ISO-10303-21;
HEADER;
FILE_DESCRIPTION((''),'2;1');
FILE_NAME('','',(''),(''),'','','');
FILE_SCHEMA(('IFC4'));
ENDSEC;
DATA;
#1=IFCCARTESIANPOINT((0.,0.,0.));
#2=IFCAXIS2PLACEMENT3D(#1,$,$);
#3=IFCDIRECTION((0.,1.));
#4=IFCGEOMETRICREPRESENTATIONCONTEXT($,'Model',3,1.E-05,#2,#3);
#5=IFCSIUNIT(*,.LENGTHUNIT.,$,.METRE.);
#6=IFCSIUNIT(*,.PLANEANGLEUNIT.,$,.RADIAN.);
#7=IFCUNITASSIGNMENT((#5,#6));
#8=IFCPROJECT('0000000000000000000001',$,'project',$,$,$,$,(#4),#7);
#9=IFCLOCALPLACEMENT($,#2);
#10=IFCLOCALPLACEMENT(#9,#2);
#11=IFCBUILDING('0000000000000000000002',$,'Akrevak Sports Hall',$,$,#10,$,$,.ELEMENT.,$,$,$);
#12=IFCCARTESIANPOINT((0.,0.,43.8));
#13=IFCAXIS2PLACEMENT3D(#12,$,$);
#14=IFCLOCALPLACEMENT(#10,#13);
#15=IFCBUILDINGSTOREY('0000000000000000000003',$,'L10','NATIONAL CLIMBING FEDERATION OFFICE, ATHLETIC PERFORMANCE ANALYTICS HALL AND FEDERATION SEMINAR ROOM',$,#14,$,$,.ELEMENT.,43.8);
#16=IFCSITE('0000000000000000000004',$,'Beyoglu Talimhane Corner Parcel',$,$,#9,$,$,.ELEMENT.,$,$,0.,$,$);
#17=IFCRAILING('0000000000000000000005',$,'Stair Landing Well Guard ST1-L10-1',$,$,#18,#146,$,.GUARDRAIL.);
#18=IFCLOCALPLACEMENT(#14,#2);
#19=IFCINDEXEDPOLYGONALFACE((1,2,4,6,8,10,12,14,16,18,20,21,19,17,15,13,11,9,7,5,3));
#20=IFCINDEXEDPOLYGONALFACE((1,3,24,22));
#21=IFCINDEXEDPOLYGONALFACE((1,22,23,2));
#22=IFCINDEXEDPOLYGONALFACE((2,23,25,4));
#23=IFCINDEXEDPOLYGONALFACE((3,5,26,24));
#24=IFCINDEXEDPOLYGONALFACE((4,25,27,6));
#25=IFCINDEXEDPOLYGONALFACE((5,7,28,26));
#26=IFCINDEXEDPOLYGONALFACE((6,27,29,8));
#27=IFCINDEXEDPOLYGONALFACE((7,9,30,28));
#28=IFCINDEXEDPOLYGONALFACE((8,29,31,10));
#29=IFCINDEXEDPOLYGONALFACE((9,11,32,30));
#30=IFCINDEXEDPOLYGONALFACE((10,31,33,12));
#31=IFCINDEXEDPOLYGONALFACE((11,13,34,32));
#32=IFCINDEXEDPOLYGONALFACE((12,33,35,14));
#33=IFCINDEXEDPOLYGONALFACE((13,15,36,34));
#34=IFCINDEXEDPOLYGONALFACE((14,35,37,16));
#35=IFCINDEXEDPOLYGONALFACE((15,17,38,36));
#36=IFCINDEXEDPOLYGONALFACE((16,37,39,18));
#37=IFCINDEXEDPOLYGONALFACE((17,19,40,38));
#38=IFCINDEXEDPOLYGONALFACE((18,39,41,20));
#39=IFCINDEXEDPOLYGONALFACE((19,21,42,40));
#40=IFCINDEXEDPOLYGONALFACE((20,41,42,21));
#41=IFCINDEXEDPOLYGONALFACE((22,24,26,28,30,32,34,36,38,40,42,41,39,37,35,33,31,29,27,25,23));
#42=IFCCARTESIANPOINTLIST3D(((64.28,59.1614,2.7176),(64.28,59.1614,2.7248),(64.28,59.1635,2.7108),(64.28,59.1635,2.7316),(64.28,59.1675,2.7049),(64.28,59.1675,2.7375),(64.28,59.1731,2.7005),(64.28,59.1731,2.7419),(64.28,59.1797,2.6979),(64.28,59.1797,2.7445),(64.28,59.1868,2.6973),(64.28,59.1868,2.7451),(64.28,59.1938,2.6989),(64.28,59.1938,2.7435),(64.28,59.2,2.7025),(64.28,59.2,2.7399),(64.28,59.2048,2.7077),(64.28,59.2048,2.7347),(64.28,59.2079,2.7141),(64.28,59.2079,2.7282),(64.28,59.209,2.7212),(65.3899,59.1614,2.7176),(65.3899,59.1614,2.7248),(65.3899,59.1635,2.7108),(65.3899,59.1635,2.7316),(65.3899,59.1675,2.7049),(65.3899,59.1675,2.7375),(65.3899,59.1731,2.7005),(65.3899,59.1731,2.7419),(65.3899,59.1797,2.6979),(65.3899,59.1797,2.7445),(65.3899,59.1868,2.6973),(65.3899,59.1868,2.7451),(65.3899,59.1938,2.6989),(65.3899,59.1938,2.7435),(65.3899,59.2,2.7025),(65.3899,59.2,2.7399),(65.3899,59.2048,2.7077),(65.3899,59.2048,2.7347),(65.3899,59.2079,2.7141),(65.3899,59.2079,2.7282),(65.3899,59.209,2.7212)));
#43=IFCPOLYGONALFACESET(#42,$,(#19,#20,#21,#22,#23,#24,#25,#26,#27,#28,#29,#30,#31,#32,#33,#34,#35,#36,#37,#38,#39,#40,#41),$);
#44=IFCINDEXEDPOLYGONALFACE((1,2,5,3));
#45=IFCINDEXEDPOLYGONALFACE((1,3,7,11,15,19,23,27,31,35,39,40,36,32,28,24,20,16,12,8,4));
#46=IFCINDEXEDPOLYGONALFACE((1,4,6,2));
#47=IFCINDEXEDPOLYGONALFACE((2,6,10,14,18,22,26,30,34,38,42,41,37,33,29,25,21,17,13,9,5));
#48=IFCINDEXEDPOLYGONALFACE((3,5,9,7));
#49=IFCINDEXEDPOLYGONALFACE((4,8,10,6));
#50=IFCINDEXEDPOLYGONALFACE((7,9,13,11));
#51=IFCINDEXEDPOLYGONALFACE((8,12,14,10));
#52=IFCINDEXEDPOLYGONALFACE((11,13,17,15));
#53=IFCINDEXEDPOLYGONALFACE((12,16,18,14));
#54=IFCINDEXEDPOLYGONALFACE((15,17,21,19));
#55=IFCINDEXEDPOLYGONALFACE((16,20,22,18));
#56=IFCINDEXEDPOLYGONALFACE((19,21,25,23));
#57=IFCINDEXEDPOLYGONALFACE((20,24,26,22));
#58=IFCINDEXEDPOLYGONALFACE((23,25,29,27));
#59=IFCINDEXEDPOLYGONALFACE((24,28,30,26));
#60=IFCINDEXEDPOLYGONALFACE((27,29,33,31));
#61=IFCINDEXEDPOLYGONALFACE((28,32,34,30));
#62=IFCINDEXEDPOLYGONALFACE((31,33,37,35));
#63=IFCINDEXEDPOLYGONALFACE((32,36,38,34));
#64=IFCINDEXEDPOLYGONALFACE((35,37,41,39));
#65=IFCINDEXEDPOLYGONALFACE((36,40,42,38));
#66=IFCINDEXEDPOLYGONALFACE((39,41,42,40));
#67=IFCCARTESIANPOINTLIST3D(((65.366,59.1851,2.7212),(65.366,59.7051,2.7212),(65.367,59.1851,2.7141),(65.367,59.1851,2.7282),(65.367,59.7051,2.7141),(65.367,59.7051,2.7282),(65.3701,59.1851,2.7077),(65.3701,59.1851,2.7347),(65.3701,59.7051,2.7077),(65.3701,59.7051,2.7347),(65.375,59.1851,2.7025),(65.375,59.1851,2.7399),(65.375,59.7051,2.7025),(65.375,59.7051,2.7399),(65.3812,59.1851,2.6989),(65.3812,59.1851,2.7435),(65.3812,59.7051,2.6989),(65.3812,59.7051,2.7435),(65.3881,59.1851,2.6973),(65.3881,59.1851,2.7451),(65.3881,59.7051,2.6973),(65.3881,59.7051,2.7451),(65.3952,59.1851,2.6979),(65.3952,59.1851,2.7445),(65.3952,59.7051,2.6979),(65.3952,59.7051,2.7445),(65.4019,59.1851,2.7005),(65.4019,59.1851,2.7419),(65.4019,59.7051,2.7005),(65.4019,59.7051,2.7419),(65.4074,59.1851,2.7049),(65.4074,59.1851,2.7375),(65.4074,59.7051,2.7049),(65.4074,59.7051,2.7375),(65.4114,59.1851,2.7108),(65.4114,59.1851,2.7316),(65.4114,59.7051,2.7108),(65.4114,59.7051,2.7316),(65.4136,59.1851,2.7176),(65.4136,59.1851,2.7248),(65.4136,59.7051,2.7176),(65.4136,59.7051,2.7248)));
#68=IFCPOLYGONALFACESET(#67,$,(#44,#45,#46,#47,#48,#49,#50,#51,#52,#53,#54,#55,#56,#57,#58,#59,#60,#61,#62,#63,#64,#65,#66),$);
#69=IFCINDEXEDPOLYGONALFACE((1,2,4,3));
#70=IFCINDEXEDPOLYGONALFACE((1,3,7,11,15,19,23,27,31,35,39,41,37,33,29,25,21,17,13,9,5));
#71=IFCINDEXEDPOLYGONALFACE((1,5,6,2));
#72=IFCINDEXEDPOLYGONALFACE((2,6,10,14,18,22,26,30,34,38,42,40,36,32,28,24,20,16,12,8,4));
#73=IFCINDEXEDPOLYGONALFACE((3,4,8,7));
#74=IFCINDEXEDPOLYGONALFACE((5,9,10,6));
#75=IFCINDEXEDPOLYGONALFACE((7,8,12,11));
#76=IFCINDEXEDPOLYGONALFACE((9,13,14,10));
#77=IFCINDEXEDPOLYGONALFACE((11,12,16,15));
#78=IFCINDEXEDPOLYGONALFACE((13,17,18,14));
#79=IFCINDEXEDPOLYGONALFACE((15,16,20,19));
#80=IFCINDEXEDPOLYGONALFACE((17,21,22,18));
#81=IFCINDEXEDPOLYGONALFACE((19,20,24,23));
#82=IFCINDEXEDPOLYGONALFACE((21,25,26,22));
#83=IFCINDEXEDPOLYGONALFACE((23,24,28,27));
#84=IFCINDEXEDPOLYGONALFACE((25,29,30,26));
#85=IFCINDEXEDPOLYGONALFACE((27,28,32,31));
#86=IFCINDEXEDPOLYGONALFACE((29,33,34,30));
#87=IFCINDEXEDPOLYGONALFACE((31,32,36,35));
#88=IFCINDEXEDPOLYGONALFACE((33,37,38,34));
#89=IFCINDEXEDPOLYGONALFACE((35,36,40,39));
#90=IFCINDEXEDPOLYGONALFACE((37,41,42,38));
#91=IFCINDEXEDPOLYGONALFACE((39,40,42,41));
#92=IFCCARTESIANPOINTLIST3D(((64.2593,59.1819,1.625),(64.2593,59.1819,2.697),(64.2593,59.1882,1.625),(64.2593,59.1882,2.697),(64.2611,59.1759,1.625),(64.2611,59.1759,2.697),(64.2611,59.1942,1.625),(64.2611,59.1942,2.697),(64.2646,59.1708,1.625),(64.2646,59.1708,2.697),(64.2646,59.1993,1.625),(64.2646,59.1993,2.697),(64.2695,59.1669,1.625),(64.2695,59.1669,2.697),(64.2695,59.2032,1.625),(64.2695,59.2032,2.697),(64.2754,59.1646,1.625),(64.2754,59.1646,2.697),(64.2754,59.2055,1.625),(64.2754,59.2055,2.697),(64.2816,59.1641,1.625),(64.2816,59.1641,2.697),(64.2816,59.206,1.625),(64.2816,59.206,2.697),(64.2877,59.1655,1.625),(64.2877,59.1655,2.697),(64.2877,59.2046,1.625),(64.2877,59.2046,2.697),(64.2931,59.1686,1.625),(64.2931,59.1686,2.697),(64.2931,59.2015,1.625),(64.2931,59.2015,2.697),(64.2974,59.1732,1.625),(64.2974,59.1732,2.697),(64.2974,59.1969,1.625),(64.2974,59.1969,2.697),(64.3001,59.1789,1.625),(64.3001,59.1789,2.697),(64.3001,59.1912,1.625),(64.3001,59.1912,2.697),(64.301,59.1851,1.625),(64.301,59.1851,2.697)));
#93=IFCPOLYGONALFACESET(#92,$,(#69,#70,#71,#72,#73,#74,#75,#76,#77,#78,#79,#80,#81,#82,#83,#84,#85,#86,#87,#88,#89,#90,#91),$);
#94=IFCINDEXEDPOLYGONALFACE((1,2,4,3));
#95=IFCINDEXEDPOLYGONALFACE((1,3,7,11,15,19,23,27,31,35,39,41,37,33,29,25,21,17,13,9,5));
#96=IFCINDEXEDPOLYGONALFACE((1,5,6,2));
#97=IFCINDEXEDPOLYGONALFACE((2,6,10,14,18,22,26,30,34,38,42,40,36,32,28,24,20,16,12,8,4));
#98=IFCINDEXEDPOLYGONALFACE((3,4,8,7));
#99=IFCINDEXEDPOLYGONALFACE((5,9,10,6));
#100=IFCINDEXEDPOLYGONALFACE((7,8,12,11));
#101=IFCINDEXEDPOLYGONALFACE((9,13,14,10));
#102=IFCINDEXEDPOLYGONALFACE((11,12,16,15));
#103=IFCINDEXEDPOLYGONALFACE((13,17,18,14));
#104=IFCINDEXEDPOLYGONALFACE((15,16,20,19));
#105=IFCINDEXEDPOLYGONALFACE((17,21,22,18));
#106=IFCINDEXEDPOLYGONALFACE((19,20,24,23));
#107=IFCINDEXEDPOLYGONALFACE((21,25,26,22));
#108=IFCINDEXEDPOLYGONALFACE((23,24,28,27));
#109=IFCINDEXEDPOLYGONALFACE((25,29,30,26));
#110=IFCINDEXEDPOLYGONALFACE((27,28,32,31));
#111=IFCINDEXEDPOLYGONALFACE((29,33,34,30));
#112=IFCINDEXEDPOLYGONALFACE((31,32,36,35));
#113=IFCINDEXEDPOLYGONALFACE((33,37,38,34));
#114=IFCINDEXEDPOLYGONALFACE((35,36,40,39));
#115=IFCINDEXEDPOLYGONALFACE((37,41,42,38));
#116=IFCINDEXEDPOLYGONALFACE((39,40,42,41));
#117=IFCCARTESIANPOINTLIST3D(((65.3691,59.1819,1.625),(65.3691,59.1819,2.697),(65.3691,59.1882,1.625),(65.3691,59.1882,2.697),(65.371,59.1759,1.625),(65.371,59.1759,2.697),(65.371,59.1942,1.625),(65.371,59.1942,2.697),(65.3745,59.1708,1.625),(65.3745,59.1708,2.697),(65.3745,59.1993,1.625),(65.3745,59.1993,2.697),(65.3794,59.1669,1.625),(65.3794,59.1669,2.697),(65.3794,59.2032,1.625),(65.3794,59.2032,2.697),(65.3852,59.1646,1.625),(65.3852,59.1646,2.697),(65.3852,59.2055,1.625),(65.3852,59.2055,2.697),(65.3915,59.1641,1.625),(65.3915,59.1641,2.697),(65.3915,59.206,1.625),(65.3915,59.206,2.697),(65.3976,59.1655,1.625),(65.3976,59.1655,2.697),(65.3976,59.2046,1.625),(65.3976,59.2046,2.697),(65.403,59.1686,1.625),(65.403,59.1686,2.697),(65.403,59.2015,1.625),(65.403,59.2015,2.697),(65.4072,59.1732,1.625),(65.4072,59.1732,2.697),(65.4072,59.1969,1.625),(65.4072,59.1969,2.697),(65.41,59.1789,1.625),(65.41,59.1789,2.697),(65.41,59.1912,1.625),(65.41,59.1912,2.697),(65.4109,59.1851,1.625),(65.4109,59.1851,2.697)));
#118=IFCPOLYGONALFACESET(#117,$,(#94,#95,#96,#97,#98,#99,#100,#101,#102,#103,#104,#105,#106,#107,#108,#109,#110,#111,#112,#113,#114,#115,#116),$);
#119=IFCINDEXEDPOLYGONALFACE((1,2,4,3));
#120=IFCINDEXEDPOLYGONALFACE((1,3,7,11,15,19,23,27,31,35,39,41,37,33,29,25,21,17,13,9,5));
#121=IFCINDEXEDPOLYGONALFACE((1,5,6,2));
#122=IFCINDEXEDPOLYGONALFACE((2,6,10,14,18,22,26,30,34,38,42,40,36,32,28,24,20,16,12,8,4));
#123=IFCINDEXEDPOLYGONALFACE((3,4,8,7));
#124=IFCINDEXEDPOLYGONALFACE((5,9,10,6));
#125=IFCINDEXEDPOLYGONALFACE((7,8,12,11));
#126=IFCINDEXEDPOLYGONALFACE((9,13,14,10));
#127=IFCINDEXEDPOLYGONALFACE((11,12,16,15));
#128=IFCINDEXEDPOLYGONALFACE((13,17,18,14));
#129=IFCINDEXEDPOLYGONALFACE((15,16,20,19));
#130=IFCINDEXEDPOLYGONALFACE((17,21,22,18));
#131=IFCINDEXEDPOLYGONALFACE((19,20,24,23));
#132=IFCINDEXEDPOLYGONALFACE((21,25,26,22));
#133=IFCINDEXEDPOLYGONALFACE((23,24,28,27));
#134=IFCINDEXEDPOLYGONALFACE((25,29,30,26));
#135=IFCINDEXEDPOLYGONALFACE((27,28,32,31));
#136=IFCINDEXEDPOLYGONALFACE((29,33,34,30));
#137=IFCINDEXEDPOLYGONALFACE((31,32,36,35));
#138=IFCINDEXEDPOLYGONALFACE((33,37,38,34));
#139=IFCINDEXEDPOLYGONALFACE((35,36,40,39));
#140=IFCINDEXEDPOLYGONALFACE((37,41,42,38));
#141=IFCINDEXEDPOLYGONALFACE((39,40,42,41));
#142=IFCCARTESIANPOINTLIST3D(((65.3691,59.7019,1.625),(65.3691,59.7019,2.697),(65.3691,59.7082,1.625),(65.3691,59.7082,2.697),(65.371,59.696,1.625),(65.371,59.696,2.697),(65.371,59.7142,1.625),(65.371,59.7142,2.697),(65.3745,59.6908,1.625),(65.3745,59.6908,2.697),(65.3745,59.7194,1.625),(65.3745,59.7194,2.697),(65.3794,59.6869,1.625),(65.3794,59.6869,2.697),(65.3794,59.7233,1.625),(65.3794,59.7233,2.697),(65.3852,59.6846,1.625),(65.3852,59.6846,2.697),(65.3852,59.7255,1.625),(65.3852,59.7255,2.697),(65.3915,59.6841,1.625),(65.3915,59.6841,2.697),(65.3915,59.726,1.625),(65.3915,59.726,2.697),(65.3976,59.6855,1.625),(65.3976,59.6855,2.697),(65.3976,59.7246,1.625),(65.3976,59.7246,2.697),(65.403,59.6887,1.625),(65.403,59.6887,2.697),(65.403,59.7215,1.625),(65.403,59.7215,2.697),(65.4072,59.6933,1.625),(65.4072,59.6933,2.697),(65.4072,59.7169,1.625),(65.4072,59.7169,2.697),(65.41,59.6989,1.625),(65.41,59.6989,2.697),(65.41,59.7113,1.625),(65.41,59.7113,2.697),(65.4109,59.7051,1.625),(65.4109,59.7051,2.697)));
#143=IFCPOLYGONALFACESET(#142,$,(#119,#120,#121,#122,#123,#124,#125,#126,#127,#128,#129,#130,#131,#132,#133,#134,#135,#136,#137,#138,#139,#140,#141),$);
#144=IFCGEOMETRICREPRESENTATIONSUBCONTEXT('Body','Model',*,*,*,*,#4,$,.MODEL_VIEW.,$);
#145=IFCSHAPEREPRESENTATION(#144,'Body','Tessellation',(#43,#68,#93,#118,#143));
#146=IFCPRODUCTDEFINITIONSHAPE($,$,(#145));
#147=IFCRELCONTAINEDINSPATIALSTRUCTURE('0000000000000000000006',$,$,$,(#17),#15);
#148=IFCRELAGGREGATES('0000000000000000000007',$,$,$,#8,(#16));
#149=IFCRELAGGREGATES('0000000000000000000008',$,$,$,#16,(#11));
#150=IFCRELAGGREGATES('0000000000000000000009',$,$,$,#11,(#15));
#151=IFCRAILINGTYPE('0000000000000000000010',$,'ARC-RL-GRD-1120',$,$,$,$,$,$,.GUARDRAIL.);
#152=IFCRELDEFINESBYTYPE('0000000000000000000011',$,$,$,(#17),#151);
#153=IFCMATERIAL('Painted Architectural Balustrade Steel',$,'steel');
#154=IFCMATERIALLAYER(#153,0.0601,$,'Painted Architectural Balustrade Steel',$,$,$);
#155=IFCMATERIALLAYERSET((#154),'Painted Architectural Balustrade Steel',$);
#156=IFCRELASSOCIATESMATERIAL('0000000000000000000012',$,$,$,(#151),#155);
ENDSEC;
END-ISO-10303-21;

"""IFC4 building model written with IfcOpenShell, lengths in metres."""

from ifc_helpers import new_model, si_unit, direction, frame, origin, origin_2d, place, context, subcontext, project, spatial, circle, extrude, material, layer, layer_set, type_object, element, save


model = new_model("IFC4")

# Units and contexts
model_context = context("Model", 3, precision=1e-05, world=origin(), true_north=direction((0.0, 1.0)))
body_context = subcontext(model_context, "Body", "Model", "MODEL_VIEW")
ifc_project = project(units=[si_unit("LENGTHUNIT", "METRE"), si_unit("PLANEANGLEUNIT", "RADIAN")], contexts=[model_context])

# Site, building, storey
site_placement = place(None, origin())
site = spatial("IfcSite", under=ifc_project, at=site_placement, Name="Beyoglu Talimhane Corner Parcel", CompositionType="ELEMENT", RefElevation=0.0)
building_placement = place(site_placement, origin())
building = spatial("IfcBuilding", under=site, at=building_placement, Name="Akrevak Sports Hall", CompositionType="ELEMENT")
storey_placement = place(building_placement, frame((0.0, 0.0, 43.8)))
storey = spatial("IfcBuildingStorey", under=building, at=storey_placement, Name="L10", Description="NATIONAL CLIMBING FEDERATION OFFICE, ATHLETIC PERFORMANCE ANALYTICS HALL AND FEDERATION SEMINAR ROOM", CompositionType="ELEMENT", Elevation=43.8)

# Railing
ifc_material_1 = material(Name="Painted Architectural Balustrade Steel", Category="steel")
ifc_layer_1 = layer(ifc_material_1, 0.0601, Name="Painted Architectural Balustrade Steel")
ifc_layer_set_1 = layer_set([ifc_layer_1], Name="Painted Architectural Balustrade Steel")
railing_type_1 = type_object("IfcRailingType", Name="ARC-RL-GRD-1120", PredefinedType="GUARDRAIL", material=ifc_layer_set_1)
railing_1_placement = place(storey_placement, frame((64.28, 59.1851, 1.625)))
element("IfcRailing", 1, at=railing_1_placement, inside=storey, type_object=railing_type_1, Name="Stair Landing Well Guard ST1-L10-1", PredefinedType="GUARDRAIL", context=body_context, shape_type="SweptSolid", body=[
    extrude(circle(Radius=0.0239, at=origin_2d()), frame((0.0, 0.0, 1.0962), z_axis=(1.0, 0.0, 0.0), x_axis=(0.0, 1.0, 0.0)), (0.0, 0.0, 1.0), 1.1099),
    extrude(circle(Radius=0.0239, at=origin_2d()), frame((1.1099, 0.0, 1.0962), z_axis=(0.0, 1.0, 0.0), x_axis=(-1.0, 0.0, 0.0)), (0.0, 0.0, 1.0), 0.52),
    extrude(circle(Radius=0.021, at=origin_2d()), origin(), (0.0, 0.0, 1.0), 1.072),
    extrude(circle(Radius=0.021, at=origin_2d()), frame((1.1099, 0.0, 0.0)), (0.0, 0.0, 1.0), 1.072),
    extrude(circle(Radius=0.021, at=origin_2d()), frame((1.1099, 0.52, 0.0)), (0.0, 0.0, 1.0), 1.072),
])

save(model, "model.ifc")
